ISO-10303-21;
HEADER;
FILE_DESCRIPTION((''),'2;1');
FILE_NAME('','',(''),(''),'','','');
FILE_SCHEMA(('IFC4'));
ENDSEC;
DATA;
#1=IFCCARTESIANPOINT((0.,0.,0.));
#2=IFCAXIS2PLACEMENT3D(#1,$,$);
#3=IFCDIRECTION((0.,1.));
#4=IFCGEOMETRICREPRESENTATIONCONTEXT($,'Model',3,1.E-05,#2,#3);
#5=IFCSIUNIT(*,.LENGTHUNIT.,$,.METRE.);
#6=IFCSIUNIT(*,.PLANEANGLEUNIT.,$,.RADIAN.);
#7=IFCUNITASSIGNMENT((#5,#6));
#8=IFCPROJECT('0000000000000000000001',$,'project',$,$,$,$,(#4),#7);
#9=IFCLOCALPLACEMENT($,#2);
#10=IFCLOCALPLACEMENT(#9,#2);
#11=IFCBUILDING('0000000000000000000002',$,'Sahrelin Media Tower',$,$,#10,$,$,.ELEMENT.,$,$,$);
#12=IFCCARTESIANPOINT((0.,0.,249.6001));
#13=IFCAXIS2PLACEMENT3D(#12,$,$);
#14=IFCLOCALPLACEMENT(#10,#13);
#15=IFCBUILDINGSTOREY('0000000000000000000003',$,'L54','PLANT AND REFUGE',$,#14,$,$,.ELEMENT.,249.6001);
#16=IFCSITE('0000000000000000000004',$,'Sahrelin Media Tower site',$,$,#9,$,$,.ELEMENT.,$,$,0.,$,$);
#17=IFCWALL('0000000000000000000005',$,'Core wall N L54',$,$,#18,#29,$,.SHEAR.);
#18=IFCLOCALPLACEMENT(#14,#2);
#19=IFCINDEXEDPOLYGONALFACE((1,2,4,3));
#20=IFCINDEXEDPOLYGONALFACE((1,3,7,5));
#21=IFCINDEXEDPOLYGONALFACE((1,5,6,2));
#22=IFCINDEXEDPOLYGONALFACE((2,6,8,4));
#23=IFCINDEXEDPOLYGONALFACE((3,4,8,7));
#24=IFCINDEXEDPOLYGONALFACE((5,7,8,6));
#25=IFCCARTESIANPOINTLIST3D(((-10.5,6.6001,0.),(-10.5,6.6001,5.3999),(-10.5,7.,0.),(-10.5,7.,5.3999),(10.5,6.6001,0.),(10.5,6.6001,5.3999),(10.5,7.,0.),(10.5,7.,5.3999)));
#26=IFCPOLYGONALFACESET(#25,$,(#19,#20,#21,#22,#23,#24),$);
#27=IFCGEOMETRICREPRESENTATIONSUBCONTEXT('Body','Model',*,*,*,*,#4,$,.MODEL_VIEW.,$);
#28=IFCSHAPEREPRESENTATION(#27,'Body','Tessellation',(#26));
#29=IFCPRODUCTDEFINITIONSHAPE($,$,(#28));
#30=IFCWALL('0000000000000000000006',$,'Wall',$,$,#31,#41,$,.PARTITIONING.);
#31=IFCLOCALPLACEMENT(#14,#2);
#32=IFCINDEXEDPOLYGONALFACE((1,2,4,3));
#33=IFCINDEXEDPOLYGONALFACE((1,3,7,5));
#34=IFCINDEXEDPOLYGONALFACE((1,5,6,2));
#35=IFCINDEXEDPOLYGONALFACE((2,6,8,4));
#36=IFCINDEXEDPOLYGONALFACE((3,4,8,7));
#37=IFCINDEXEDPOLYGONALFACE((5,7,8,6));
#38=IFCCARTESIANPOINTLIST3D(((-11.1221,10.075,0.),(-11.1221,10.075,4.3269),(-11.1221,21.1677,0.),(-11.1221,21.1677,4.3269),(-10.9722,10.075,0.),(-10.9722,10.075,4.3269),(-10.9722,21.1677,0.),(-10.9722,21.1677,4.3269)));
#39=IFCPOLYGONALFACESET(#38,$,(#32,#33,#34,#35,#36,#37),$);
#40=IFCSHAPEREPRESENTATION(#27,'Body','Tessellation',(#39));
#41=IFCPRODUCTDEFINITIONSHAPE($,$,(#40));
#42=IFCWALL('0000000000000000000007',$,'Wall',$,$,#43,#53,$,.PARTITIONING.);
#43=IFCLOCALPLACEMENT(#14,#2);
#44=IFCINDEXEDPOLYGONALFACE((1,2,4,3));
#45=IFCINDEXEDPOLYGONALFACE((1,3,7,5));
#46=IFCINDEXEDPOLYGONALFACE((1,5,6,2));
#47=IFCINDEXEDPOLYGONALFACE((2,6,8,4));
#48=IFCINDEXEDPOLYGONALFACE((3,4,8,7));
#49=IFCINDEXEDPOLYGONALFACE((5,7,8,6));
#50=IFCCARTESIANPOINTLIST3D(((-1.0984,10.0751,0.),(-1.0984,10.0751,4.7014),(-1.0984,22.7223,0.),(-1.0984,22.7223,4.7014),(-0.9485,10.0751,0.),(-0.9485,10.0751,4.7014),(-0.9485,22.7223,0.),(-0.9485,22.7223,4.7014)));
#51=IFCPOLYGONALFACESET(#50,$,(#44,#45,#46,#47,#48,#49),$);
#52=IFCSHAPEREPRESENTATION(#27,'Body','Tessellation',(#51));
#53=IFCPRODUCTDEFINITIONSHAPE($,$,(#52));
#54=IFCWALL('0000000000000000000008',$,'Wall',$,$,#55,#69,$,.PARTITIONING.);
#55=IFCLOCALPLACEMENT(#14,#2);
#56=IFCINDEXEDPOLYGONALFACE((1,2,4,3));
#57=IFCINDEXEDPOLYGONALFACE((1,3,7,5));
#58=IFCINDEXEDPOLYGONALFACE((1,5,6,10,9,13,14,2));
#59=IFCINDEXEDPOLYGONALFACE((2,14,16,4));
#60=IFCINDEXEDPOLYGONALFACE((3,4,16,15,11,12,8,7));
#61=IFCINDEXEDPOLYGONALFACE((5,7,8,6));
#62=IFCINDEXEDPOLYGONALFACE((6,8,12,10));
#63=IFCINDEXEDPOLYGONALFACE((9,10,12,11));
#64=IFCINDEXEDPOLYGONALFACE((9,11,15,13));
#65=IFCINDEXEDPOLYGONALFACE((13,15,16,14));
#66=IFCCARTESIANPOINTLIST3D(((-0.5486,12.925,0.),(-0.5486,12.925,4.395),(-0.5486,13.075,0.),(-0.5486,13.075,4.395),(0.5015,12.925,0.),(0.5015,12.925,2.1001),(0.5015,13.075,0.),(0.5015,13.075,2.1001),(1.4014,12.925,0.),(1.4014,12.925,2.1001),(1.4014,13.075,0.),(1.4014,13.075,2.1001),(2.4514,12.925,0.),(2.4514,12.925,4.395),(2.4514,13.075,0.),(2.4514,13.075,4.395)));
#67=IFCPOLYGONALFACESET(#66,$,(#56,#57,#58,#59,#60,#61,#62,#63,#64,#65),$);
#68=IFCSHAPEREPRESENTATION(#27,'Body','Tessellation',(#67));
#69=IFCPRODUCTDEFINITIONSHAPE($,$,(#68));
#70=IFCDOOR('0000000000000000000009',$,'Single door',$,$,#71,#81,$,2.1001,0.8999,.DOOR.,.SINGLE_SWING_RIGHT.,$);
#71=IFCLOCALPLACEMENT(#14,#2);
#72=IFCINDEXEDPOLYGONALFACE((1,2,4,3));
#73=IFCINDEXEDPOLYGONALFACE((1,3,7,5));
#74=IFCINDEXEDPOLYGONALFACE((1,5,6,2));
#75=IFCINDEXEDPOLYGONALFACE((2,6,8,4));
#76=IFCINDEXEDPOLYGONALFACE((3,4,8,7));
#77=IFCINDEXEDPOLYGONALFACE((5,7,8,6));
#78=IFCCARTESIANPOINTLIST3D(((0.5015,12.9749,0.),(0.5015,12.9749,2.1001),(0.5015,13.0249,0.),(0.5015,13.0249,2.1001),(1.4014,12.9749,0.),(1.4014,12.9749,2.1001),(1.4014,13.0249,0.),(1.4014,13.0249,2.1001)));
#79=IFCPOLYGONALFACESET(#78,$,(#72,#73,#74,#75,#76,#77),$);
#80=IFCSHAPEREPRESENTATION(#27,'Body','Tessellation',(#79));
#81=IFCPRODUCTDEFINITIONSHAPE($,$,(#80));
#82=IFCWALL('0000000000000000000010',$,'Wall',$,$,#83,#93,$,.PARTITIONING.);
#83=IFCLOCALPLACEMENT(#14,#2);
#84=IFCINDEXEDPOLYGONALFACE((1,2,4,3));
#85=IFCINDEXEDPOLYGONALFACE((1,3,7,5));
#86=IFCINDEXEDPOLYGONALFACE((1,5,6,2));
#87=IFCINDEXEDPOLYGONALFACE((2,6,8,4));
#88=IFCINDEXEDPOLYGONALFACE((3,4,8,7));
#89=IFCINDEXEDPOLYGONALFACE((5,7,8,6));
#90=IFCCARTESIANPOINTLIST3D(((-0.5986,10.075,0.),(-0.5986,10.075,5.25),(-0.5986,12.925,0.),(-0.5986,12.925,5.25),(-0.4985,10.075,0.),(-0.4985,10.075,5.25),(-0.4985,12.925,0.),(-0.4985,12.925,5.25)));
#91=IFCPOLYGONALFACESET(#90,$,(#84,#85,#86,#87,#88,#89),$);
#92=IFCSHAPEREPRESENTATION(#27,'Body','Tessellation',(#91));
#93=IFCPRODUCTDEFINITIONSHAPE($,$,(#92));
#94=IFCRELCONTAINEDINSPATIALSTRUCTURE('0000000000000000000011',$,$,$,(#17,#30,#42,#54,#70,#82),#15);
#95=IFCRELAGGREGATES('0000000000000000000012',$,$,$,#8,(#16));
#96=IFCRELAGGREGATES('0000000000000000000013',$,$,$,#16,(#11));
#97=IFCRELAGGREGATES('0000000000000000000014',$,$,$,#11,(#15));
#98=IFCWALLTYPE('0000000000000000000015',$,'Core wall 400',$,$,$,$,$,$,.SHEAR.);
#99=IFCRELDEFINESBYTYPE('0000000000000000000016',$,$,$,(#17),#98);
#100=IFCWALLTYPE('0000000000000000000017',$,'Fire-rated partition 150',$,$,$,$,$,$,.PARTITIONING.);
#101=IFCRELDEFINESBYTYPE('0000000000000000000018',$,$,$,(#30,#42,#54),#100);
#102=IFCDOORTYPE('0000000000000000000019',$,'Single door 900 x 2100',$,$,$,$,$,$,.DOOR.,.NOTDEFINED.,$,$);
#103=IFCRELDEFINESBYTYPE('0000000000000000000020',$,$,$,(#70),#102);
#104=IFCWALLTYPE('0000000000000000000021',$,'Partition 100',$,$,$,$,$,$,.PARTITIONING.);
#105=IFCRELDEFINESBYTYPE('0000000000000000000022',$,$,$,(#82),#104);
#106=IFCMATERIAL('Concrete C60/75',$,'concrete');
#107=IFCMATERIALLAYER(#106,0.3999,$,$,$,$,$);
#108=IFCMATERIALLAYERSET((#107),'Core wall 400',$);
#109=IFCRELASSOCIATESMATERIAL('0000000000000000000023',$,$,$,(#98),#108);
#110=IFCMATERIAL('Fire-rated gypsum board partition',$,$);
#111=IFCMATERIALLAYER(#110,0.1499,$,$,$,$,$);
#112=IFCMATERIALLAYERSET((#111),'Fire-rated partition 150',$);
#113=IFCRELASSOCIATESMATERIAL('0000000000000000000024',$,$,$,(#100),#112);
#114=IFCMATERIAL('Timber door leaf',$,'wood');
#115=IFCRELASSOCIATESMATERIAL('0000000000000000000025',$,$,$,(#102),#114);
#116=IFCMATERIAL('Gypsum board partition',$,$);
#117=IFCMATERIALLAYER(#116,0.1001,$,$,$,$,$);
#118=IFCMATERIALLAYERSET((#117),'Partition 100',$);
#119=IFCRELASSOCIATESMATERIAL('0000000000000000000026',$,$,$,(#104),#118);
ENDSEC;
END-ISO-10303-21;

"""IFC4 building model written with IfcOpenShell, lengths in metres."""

from ifc_helpers import new_model, si_unit, direction, frame, frame_2d, origin, place, context, subcontext, project, spatial, rectangle, extrude, material, layer, layer_set, type_object, element, fill, save


model = new_model("IFC4")

# Units and contexts
model_context = context("Model", 3, precision=1e-05, world=origin(), true_north=direction((0.0, 1.0)))
body_context = subcontext(model_context, "Body", "Model", "MODEL_VIEW")
ifc_project = project(units=[si_unit("LENGTHUNIT", "METRE"), si_unit("PLANEANGLEUNIT", "RADIAN")], contexts=[model_context])

# Site, building, storey
site_placement = place(None, origin())
site = spatial("IfcSite", under=ifc_project, at=site_placement, Name="Sahrelin Media Tower site", CompositionType="ELEMENT", RefElevation=0.0)
building_placement = place(site_placement, origin())
building = spatial("IfcBuilding", under=site, at=building_placement, Name="Sahrelin Media Tower", CompositionType="ELEMENT")
storey_placement = place(building_placement, frame((0.0, 0.0, 249.6001)))
storey = spatial("IfcBuildingStorey", under=building, at=storey_placement, Name="L54", Description="PLANT AND REFUGE", CompositionType="ELEMENT", Elevation=249.6001)

# Walls
ifc_material_1 = material(Name="Concrete C60/75", Category="concrete")
ifc_layer_1 = layer(ifc_material_1, 0.3999)
ifc_layer_set_1 = layer_set([ifc_layer_1], Name="Core wall 400")
wall_type_1 = type_object("IfcWallType", Name="Core wall 400", PredefinedType="SHEAR", material=ifc_layer_set_1)
wall_1_placement = place(storey_placement, frame((-10.5, 6.8, 0.0), z_axis=(0.0, 0.0, 1.0), x_axis=(1.0, 0.0, 0.0)))
element("IfcWall", 1, at=wall_1_placement, inside=storey, type_object=wall_type_1, Name="Core wall N L54", PredefinedType="SHEAR", context=body_context, shape_type="SweptSolid", body=[
    extrude(rectangle(XDim=21.0, YDim=0.3999, at=frame_2d((10.5, 0.0))), origin(), (0.0, 0.0, 1.0), 5.3999),
])
ifc_material_2 = material(Name="Fire-rated gypsum board partition")
ifc_layer_2 = layer(ifc_material_2, 0.1499)
ifc_layer_set_2 = layer_set([ifc_layer_2], Name="Fire-rated partition 150")
wall_type_2 = type_object("IfcWallType", Name="Fire-rated partition 150", PredefinedType="PARTITIONING", material=ifc_layer_set_2)
wall_2_placement = place(storey_placement, frame((-11.0471, 10.075, 0.0), z_axis=(0.0, 0.0, 1.0), x_axis=(0.0, 1.0, 0.0)))
element("IfcWall", 2, at=wall_2_placement, inside=storey, type_object=wall_type_2, Name="Wall", PredefinedType="PARTITIONING", context=body_context, shape_type="SweptSolid", body=[
    extrude(rectangle(XDim=11.0928, YDim=0.1499, at=frame_2d((5.5464, 0.0))), origin(), (0.0, 0.0, 1.0), 4.3269),
])
wall_3_placement = place(storey_placement, frame((-1.0234, 10.075, 0.0), z_axis=(0.0, 0.0, 1.0), x_axis=(0.0, 1.0, 0.0)))
element("IfcWall", 3, at=wall_3_placement, inside=storey, type_object=wall_type_2, Name="Wall", PredefinedType="PARTITIONING", context=body_context, shape_type="SweptSolid", body=[
    extrude(rectangle(XDim=12.6472, YDim=0.1499, at=frame_2d((6.3237, 0.0))), origin(), (0.0, 0.0, 1.0), 4.7014),
])

# Wall, opening, door
wall_4_placement = place(storey_placement, frame((-0.5486, 13.0, 0.0), z_axis=(0.0, 0.0, 1.0), x_axis=(1.0, 0.0, 0.0)))
wall_4 = element("IfcWall", 4, at=wall_4_placement, inside=storey, type_object=wall_type_2, Name="Wall", PredefinedType="PARTITIONING", context=body_context, shape_type="SweptSolid", body=[
    extrude(rectangle(XDim=3.0, YDim=0.1499, at=frame_2d((1.5, 0.0))), origin(), (0.0, 0.0, 1.0), 4.395),
])
opening_placement = place(wall_4_placement, frame((1.05, 0.0, 0.0)))
opening = element("IfcOpeningElement", 5, at=opening_placement, cuts=wall_4, PredefinedType="OPENING", context=body_context, shape_type="SweptSolid", body=[
    extrude(rectangle(XDim=0.8999, YDim=2.1001, at=frame_2d((0.45, 1.05))), frame((0.0, 0.075, 0.0), z_axis=(0.0, -1.0, 0.0), x_axis=(1.0, 0.0, 0.0)), (0.0, 0.0, 1.0), 0.1499),
])
ifc_material_3 = material(Name="Timber door leaf", Category="wood")
door_type = type_object("IfcDoorType", Name="Single door 900 x 2100", OperationType="NOTDEFINED", PredefinedType="DOOR", material=ifc_material_3)
door_placement = place(opening_placement, origin())
door = element("IfcDoor", 6, at=door_placement, inside=storey, type_object=door_type, Name="Single door", OperationType="SINGLE_SWING_RIGHT", OverallHeight=2.1001, OverallWidth=0.8999, PredefinedType="DOOR", context=body_context, shape_type="SweptSolid", body=[
    extrude(rectangle(XDim=0.8999, YDim=2.1001, at=frame_2d((0.45, 1.05))), frame((0.0, 0.0249, 0.0), z_axis=(0.0, -1.0, 0.0), x_axis=(1.0, 0.0, 0.0)), (0.0, 0.0, 1.0), 0.05),
])
fill(opening, door)

# Wall
ifc_material_4 = material(Name="Gypsum board partition")
ifc_layer_3 = layer(ifc_material_4, 0.1001)
ifc_layer_set_3 = layer_set([ifc_layer_3], Name="Partition 100")
wall_type_3 = type_object("IfcWallType", Name="Partition 100", PredefinedType="PARTITIONING", material=ifc_layer_set_3)
wall_5_placement = place(storey_placement, frame((-0.5486, 10.075, 0.0), z_axis=(0.0, 0.0, 1.0), x_axis=(0.0, 1.0, 0.0)))
element("IfcWall", 7, at=wall_5_placement, inside=storey, type_object=wall_type_3, Name="Wall", PredefinedType="PARTITIONING", context=body_context, shape_type="SweptSolid", body=[
    extrude(rectangle(XDim=2.8501, YDim=0.1001, at=frame_2d((1.425, 0.0))), origin(), (0.0, 0.0, 1.0), 5.25),
])

save(model, "model.ifc")
